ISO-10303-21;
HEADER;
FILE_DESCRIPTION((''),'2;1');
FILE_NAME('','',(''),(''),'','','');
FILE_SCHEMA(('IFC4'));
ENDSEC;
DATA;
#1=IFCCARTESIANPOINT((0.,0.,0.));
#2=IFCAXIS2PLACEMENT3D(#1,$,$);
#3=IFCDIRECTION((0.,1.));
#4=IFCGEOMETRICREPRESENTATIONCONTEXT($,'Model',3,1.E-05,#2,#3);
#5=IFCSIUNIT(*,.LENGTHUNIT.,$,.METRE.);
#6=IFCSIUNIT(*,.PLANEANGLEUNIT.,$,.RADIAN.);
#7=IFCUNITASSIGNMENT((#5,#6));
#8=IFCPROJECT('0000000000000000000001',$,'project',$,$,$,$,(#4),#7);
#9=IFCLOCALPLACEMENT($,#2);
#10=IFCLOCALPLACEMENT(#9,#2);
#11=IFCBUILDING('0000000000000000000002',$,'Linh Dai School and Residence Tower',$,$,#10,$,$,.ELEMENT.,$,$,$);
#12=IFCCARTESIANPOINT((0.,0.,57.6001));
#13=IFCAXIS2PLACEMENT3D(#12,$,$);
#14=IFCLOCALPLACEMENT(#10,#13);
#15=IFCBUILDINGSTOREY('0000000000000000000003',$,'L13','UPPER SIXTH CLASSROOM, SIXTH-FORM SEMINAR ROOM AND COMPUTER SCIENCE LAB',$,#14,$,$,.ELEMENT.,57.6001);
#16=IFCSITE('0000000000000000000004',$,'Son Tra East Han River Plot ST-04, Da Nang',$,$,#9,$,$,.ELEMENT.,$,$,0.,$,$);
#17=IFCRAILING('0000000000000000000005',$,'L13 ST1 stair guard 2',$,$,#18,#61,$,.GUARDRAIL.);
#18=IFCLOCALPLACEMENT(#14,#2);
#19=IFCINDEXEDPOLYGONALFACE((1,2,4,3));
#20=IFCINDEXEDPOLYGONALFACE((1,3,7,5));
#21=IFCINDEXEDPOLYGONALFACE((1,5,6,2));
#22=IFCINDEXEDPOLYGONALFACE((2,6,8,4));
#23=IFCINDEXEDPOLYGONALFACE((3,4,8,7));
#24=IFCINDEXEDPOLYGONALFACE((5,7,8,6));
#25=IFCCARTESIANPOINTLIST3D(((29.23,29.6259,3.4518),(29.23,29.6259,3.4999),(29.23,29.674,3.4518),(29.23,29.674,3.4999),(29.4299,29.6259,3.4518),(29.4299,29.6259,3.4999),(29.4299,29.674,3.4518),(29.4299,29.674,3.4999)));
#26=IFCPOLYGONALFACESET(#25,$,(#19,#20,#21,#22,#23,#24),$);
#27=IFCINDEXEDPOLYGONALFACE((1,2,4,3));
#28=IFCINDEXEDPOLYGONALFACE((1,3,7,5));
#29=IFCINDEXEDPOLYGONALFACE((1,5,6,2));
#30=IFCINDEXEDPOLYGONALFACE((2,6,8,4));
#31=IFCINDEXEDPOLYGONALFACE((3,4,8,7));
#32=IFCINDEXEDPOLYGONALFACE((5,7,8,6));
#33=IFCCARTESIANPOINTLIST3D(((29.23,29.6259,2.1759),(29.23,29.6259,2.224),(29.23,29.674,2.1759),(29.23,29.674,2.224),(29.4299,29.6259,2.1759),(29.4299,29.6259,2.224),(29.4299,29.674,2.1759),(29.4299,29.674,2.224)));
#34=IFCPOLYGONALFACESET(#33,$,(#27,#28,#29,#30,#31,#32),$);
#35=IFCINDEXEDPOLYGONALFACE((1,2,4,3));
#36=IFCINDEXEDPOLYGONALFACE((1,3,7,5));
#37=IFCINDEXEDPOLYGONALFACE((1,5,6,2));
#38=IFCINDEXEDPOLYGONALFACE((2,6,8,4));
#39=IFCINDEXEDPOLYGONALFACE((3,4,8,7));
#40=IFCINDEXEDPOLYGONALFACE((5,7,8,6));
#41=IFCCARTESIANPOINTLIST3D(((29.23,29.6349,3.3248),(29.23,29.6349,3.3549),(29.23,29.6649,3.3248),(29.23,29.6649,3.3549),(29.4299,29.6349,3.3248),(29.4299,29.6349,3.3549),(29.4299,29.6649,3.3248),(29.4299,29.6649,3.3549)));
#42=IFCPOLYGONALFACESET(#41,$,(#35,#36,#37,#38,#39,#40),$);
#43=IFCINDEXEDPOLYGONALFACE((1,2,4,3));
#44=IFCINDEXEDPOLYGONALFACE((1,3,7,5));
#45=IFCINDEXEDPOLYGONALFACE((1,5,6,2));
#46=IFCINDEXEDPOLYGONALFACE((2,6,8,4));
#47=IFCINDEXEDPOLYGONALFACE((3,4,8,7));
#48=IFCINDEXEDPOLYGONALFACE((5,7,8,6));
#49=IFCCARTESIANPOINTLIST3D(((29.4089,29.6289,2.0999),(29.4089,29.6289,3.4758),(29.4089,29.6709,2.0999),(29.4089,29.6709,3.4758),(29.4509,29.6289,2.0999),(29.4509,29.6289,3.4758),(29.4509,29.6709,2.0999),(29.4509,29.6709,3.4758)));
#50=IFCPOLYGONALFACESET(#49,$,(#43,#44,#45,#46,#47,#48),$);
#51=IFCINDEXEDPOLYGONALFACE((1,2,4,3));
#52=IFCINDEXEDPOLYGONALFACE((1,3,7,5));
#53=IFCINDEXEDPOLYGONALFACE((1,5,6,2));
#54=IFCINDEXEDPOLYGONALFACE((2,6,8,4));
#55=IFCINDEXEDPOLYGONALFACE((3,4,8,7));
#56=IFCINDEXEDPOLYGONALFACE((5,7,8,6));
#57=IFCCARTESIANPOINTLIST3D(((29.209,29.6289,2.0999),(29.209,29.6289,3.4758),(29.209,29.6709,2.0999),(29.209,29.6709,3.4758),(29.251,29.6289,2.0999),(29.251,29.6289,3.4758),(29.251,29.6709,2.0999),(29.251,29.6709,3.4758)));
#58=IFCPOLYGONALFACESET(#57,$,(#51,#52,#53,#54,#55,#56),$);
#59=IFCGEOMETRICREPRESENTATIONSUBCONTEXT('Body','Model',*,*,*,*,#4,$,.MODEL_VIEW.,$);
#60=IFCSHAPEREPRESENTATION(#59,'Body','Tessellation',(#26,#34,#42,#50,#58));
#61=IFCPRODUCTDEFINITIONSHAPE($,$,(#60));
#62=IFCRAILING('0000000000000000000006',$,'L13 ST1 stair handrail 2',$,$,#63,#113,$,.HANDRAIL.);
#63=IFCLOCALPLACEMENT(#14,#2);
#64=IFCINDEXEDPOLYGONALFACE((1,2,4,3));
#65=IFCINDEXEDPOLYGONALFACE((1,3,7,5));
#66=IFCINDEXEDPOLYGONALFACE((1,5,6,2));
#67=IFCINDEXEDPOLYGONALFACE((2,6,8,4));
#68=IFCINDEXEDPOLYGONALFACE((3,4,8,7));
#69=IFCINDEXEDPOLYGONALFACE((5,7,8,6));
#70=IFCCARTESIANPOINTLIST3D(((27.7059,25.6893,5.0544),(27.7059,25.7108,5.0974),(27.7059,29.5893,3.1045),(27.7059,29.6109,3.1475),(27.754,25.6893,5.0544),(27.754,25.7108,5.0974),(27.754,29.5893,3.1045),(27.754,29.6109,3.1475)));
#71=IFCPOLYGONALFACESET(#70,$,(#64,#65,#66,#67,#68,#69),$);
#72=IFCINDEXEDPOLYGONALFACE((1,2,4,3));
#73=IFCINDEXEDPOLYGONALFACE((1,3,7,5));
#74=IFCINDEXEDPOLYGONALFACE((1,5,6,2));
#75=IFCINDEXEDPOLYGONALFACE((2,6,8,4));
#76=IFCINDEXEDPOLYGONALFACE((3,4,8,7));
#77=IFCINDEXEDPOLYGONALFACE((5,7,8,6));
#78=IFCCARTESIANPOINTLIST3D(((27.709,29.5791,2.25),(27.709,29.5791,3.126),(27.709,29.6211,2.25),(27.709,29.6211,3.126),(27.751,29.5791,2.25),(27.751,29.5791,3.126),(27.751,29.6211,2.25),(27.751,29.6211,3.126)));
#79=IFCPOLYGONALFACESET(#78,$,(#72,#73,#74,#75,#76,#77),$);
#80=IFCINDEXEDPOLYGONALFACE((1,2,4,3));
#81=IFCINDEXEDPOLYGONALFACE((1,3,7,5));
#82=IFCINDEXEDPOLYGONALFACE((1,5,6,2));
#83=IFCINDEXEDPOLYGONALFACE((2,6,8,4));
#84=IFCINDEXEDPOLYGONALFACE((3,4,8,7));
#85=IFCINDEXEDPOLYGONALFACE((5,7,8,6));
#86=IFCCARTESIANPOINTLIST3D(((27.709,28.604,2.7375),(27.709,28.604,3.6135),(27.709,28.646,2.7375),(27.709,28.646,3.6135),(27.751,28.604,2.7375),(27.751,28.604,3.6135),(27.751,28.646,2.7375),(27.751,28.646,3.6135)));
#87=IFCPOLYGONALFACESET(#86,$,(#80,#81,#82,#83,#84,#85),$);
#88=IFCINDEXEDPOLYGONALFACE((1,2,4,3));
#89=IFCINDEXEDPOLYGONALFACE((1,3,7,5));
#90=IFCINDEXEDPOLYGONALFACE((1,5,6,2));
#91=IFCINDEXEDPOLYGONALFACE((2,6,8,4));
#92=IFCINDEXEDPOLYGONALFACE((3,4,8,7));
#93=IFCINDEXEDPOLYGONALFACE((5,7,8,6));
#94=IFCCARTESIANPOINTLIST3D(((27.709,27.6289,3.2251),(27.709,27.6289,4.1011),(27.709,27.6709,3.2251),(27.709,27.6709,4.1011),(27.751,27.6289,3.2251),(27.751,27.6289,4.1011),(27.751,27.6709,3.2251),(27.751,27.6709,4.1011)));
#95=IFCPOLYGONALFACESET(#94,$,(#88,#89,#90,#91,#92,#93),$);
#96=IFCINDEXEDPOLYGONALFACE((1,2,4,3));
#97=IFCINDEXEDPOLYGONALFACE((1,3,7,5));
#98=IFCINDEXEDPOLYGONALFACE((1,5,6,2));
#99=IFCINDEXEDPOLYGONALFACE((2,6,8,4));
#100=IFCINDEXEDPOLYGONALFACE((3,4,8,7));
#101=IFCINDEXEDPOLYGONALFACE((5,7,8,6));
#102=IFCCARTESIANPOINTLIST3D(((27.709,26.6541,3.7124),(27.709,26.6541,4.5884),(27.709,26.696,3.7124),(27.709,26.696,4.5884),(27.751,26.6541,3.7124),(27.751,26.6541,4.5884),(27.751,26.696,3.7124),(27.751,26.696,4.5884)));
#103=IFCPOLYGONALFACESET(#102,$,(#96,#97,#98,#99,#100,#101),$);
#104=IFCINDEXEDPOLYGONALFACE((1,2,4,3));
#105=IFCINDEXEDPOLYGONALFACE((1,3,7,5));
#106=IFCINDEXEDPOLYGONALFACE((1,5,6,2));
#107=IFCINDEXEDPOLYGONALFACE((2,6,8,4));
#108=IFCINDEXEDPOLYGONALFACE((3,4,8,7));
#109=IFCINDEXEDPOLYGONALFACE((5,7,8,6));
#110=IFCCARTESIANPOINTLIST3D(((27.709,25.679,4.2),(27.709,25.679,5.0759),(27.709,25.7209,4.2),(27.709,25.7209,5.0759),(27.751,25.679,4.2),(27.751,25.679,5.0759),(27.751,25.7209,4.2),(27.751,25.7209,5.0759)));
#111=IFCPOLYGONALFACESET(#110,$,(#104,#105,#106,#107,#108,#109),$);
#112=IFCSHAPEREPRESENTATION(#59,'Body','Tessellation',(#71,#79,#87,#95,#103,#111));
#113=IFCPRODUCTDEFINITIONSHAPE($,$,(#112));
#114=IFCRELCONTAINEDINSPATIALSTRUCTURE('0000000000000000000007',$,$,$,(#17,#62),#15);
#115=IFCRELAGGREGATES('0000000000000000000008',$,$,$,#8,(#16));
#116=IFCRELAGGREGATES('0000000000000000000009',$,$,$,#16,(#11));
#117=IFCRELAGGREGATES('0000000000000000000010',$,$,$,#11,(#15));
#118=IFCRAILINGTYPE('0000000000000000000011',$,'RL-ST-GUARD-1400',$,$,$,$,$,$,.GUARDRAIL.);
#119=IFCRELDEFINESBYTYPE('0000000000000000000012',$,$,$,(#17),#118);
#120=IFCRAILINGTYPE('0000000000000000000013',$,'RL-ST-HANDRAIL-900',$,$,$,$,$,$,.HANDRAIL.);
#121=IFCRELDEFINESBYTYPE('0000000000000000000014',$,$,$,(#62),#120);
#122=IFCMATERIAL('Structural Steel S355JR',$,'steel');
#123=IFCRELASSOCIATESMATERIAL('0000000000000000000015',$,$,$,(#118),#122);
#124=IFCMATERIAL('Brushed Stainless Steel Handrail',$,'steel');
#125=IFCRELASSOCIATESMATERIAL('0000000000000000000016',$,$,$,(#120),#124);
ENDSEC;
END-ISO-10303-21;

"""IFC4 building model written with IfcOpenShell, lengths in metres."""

from ifc_helpers import new_model, si_unit, direction, frame, origin, origin_2d, place, context, subcontext, project, spatial, rectangle, extrude, source, transform, mapped, material, type_object, element, save


model = new_model("IFC4")

# Units and contexts
model_context = context("Model", 3, precision=1e-05, world=origin(), true_north=direction((0.0, 1.0)))
body_context = subcontext(model_context, "Body", "Model", "MODEL_VIEW")
ifc_project = project(units=[si_unit("LENGTHUNIT", "METRE"), si_unit("PLANEANGLEUNIT", "RADIAN")], contexts=[model_context])

# Site, building, storey
site_placement = place(None, origin())
site = spatial("IfcSite", under=ifc_project, at=site_placement, Name="Son Tra East Han River Plot ST-04, Da Nang", CompositionType="ELEMENT", RefElevation=0.0)
building_placement = place(site_placement, origin())
building = spatial("IfcBuilding", under=site, at=building_placement, Name="Linh Dai School and Residence Tower", CompositionType="ELEMENT")
storey_placement = place(building_placement, frame((0.0, 0.0, 57.6001)))
storey = spatial("IfcBuildingStorey", under=building, at=storey_placement, Name="L13", Description="UPPER SIXTH CLASSROOM, SIXTH-FORM SEMINAR ROOM AND COMPUTER SCIENCE LAB", CompositionType="ELEMENT", Elevation=57.6001)

# Shared definitions
ifc_material_1 = material(Name="Structural Steel S355JR", Category="steel")

# Railings
railing_type_1 = type_object("IfcRailingType", Name="RL-ST-GUARD-1400", PredefinedType="GUARDRAIL", material=ifc_material_1)
shared_shape_1 = source(origin(), body_context, "Body", "SweptSolid", [
    extrude(rectangle(XDim=0.0481, YDim=0.0481, at=origin_2d()), frame((0.0, 0.0, 1.376), z_axis=(-1.0, 0.0, 0.0), x_axis=(0.0, -1.0, 0.0)), (0.0, 0.0, 1.0), 0.2),
    extrude(rectangle(XDim=0.0481, YDim=0.0481, at=origin_2d()), frame((0.0, 0.0, 0.1001), z_axis=(-1.0, 0.0, 0.0), x_axis=(0.0, -1.0, 0.0)), (0.0, 0.0, 1.0), 0.2),
    extrude(rectangle(XDim=0.03, YDim=0.03, at=origin_2d()), frame((0.0, 0.0, 1.24), z_axis=(-1.0, 0.0, 0.0), x_axis=(0.0, -1.0, 0.0)), (0.0, 0.0, 1.0), 0.2),
    extrude(rectangle(XDim=0.042, YDim=0.042, at=origin_2d()), origin(), (0.0, 0.0, 1.0), 1.376),
    extrude(rectangle(XDim=0.042, YDim=0.042, at=origin_2d()), frame((-0.2, 0.0, 0.0)), (0.0, 0.0, 1.0), 1.376),
])
railing_1_placement = place(storey_placement, frame((29.4299, 29.6499, 2.0999)))
element("IfcRailing", 1, at=railing_1_placement, inside=storey, type_object=railing_type_1, Name="L13 ST1 stair guard 2", PredefinedType="GUARDRAIL", context=body_context, shape_type="MappedRepresentation", body=[
    mapped(shared_shape_1, transform((0.0, 0.0, 0.0), x_axis=(1.0, 0.0, 0.0), y_axis=(0.0, 1.0, 0.0), z_axis=(0.0, 0.0, 1.0), scale=1.0)),
])
ifc_material_2 = material(Name="Brushed Stainless Steel Handrail", Category="steel")
railing_type_2 = type_object("IfcRailingType", Name="RL-ST-HANDRAIL-900", PredefinedType="HANDRAIL", material=ifc_material_2)
shared_shape_2 = source(origin(), body_context, "Body", "SweptSolid", [
    extrude(rectangle(XDim=0.0481, YDim=0.0481, at=origin_2d()), frame((0.0, 0.0, 0.876), z_axis=(0.0, -0.894438, 0.447191), x_axis=(1.0, 0.0, 0.0)), (0.0, 0.0, 1.0), 4.3604),
    extrude(rectangle(XDim=0.042, YDim=0.042, at=origin_2d()), origin(), (0.0, 0.0, 1.0), 0.876),
    extrude(rectangle(XDim=0.042, YDim=0.042, at=origin_2d()), frame((0.0, -0.9751, 0.4875)), (0.0, 0.0, 1.0), 0.876),
    extrude(rectangle(XDim=0.042, YDim=0.042, at=origin_2d()), frame((0.0, -1.9502, 0.9751)), (0.0, 0.0, 1.0), 0.876),
    extrude(rectangle(XDim=0.042, YDim=0.042, at=origin_2d()), frame((0.0, -2.925, 1.4624)), (0.0, 0.0, 1.0), 0.876),
    extrude(rectangle(XDim=0.042, YDim=0.042, at=origin_2d()), frame((0.0, -3.9001, 1.95)), (0.0, 0.0, 1.0), 0.876),
])
railing_2_placement = place(storey_placement, frame((27.73, 29.6001, 2.25)))
element("IfcRailing", 2, at=railing_2_placement, inside=storey, type_object=railing_type_2, Name="L13 ST1 stair handrail 2", PredefinedType="HANDRAIL", context=body_context, shape_type="MappedRepresentation", body=[
    mapped(shared_shape_2, transform((0.0, 0.0, 0.0), x_axis=(1.0, 0.0, 0.0), y_axis=(0.0, 1.0, 0.0), z_axis=(0.0, 0.0, 1.0), scale=1.0)),
])

save(model, "model.ifc")
